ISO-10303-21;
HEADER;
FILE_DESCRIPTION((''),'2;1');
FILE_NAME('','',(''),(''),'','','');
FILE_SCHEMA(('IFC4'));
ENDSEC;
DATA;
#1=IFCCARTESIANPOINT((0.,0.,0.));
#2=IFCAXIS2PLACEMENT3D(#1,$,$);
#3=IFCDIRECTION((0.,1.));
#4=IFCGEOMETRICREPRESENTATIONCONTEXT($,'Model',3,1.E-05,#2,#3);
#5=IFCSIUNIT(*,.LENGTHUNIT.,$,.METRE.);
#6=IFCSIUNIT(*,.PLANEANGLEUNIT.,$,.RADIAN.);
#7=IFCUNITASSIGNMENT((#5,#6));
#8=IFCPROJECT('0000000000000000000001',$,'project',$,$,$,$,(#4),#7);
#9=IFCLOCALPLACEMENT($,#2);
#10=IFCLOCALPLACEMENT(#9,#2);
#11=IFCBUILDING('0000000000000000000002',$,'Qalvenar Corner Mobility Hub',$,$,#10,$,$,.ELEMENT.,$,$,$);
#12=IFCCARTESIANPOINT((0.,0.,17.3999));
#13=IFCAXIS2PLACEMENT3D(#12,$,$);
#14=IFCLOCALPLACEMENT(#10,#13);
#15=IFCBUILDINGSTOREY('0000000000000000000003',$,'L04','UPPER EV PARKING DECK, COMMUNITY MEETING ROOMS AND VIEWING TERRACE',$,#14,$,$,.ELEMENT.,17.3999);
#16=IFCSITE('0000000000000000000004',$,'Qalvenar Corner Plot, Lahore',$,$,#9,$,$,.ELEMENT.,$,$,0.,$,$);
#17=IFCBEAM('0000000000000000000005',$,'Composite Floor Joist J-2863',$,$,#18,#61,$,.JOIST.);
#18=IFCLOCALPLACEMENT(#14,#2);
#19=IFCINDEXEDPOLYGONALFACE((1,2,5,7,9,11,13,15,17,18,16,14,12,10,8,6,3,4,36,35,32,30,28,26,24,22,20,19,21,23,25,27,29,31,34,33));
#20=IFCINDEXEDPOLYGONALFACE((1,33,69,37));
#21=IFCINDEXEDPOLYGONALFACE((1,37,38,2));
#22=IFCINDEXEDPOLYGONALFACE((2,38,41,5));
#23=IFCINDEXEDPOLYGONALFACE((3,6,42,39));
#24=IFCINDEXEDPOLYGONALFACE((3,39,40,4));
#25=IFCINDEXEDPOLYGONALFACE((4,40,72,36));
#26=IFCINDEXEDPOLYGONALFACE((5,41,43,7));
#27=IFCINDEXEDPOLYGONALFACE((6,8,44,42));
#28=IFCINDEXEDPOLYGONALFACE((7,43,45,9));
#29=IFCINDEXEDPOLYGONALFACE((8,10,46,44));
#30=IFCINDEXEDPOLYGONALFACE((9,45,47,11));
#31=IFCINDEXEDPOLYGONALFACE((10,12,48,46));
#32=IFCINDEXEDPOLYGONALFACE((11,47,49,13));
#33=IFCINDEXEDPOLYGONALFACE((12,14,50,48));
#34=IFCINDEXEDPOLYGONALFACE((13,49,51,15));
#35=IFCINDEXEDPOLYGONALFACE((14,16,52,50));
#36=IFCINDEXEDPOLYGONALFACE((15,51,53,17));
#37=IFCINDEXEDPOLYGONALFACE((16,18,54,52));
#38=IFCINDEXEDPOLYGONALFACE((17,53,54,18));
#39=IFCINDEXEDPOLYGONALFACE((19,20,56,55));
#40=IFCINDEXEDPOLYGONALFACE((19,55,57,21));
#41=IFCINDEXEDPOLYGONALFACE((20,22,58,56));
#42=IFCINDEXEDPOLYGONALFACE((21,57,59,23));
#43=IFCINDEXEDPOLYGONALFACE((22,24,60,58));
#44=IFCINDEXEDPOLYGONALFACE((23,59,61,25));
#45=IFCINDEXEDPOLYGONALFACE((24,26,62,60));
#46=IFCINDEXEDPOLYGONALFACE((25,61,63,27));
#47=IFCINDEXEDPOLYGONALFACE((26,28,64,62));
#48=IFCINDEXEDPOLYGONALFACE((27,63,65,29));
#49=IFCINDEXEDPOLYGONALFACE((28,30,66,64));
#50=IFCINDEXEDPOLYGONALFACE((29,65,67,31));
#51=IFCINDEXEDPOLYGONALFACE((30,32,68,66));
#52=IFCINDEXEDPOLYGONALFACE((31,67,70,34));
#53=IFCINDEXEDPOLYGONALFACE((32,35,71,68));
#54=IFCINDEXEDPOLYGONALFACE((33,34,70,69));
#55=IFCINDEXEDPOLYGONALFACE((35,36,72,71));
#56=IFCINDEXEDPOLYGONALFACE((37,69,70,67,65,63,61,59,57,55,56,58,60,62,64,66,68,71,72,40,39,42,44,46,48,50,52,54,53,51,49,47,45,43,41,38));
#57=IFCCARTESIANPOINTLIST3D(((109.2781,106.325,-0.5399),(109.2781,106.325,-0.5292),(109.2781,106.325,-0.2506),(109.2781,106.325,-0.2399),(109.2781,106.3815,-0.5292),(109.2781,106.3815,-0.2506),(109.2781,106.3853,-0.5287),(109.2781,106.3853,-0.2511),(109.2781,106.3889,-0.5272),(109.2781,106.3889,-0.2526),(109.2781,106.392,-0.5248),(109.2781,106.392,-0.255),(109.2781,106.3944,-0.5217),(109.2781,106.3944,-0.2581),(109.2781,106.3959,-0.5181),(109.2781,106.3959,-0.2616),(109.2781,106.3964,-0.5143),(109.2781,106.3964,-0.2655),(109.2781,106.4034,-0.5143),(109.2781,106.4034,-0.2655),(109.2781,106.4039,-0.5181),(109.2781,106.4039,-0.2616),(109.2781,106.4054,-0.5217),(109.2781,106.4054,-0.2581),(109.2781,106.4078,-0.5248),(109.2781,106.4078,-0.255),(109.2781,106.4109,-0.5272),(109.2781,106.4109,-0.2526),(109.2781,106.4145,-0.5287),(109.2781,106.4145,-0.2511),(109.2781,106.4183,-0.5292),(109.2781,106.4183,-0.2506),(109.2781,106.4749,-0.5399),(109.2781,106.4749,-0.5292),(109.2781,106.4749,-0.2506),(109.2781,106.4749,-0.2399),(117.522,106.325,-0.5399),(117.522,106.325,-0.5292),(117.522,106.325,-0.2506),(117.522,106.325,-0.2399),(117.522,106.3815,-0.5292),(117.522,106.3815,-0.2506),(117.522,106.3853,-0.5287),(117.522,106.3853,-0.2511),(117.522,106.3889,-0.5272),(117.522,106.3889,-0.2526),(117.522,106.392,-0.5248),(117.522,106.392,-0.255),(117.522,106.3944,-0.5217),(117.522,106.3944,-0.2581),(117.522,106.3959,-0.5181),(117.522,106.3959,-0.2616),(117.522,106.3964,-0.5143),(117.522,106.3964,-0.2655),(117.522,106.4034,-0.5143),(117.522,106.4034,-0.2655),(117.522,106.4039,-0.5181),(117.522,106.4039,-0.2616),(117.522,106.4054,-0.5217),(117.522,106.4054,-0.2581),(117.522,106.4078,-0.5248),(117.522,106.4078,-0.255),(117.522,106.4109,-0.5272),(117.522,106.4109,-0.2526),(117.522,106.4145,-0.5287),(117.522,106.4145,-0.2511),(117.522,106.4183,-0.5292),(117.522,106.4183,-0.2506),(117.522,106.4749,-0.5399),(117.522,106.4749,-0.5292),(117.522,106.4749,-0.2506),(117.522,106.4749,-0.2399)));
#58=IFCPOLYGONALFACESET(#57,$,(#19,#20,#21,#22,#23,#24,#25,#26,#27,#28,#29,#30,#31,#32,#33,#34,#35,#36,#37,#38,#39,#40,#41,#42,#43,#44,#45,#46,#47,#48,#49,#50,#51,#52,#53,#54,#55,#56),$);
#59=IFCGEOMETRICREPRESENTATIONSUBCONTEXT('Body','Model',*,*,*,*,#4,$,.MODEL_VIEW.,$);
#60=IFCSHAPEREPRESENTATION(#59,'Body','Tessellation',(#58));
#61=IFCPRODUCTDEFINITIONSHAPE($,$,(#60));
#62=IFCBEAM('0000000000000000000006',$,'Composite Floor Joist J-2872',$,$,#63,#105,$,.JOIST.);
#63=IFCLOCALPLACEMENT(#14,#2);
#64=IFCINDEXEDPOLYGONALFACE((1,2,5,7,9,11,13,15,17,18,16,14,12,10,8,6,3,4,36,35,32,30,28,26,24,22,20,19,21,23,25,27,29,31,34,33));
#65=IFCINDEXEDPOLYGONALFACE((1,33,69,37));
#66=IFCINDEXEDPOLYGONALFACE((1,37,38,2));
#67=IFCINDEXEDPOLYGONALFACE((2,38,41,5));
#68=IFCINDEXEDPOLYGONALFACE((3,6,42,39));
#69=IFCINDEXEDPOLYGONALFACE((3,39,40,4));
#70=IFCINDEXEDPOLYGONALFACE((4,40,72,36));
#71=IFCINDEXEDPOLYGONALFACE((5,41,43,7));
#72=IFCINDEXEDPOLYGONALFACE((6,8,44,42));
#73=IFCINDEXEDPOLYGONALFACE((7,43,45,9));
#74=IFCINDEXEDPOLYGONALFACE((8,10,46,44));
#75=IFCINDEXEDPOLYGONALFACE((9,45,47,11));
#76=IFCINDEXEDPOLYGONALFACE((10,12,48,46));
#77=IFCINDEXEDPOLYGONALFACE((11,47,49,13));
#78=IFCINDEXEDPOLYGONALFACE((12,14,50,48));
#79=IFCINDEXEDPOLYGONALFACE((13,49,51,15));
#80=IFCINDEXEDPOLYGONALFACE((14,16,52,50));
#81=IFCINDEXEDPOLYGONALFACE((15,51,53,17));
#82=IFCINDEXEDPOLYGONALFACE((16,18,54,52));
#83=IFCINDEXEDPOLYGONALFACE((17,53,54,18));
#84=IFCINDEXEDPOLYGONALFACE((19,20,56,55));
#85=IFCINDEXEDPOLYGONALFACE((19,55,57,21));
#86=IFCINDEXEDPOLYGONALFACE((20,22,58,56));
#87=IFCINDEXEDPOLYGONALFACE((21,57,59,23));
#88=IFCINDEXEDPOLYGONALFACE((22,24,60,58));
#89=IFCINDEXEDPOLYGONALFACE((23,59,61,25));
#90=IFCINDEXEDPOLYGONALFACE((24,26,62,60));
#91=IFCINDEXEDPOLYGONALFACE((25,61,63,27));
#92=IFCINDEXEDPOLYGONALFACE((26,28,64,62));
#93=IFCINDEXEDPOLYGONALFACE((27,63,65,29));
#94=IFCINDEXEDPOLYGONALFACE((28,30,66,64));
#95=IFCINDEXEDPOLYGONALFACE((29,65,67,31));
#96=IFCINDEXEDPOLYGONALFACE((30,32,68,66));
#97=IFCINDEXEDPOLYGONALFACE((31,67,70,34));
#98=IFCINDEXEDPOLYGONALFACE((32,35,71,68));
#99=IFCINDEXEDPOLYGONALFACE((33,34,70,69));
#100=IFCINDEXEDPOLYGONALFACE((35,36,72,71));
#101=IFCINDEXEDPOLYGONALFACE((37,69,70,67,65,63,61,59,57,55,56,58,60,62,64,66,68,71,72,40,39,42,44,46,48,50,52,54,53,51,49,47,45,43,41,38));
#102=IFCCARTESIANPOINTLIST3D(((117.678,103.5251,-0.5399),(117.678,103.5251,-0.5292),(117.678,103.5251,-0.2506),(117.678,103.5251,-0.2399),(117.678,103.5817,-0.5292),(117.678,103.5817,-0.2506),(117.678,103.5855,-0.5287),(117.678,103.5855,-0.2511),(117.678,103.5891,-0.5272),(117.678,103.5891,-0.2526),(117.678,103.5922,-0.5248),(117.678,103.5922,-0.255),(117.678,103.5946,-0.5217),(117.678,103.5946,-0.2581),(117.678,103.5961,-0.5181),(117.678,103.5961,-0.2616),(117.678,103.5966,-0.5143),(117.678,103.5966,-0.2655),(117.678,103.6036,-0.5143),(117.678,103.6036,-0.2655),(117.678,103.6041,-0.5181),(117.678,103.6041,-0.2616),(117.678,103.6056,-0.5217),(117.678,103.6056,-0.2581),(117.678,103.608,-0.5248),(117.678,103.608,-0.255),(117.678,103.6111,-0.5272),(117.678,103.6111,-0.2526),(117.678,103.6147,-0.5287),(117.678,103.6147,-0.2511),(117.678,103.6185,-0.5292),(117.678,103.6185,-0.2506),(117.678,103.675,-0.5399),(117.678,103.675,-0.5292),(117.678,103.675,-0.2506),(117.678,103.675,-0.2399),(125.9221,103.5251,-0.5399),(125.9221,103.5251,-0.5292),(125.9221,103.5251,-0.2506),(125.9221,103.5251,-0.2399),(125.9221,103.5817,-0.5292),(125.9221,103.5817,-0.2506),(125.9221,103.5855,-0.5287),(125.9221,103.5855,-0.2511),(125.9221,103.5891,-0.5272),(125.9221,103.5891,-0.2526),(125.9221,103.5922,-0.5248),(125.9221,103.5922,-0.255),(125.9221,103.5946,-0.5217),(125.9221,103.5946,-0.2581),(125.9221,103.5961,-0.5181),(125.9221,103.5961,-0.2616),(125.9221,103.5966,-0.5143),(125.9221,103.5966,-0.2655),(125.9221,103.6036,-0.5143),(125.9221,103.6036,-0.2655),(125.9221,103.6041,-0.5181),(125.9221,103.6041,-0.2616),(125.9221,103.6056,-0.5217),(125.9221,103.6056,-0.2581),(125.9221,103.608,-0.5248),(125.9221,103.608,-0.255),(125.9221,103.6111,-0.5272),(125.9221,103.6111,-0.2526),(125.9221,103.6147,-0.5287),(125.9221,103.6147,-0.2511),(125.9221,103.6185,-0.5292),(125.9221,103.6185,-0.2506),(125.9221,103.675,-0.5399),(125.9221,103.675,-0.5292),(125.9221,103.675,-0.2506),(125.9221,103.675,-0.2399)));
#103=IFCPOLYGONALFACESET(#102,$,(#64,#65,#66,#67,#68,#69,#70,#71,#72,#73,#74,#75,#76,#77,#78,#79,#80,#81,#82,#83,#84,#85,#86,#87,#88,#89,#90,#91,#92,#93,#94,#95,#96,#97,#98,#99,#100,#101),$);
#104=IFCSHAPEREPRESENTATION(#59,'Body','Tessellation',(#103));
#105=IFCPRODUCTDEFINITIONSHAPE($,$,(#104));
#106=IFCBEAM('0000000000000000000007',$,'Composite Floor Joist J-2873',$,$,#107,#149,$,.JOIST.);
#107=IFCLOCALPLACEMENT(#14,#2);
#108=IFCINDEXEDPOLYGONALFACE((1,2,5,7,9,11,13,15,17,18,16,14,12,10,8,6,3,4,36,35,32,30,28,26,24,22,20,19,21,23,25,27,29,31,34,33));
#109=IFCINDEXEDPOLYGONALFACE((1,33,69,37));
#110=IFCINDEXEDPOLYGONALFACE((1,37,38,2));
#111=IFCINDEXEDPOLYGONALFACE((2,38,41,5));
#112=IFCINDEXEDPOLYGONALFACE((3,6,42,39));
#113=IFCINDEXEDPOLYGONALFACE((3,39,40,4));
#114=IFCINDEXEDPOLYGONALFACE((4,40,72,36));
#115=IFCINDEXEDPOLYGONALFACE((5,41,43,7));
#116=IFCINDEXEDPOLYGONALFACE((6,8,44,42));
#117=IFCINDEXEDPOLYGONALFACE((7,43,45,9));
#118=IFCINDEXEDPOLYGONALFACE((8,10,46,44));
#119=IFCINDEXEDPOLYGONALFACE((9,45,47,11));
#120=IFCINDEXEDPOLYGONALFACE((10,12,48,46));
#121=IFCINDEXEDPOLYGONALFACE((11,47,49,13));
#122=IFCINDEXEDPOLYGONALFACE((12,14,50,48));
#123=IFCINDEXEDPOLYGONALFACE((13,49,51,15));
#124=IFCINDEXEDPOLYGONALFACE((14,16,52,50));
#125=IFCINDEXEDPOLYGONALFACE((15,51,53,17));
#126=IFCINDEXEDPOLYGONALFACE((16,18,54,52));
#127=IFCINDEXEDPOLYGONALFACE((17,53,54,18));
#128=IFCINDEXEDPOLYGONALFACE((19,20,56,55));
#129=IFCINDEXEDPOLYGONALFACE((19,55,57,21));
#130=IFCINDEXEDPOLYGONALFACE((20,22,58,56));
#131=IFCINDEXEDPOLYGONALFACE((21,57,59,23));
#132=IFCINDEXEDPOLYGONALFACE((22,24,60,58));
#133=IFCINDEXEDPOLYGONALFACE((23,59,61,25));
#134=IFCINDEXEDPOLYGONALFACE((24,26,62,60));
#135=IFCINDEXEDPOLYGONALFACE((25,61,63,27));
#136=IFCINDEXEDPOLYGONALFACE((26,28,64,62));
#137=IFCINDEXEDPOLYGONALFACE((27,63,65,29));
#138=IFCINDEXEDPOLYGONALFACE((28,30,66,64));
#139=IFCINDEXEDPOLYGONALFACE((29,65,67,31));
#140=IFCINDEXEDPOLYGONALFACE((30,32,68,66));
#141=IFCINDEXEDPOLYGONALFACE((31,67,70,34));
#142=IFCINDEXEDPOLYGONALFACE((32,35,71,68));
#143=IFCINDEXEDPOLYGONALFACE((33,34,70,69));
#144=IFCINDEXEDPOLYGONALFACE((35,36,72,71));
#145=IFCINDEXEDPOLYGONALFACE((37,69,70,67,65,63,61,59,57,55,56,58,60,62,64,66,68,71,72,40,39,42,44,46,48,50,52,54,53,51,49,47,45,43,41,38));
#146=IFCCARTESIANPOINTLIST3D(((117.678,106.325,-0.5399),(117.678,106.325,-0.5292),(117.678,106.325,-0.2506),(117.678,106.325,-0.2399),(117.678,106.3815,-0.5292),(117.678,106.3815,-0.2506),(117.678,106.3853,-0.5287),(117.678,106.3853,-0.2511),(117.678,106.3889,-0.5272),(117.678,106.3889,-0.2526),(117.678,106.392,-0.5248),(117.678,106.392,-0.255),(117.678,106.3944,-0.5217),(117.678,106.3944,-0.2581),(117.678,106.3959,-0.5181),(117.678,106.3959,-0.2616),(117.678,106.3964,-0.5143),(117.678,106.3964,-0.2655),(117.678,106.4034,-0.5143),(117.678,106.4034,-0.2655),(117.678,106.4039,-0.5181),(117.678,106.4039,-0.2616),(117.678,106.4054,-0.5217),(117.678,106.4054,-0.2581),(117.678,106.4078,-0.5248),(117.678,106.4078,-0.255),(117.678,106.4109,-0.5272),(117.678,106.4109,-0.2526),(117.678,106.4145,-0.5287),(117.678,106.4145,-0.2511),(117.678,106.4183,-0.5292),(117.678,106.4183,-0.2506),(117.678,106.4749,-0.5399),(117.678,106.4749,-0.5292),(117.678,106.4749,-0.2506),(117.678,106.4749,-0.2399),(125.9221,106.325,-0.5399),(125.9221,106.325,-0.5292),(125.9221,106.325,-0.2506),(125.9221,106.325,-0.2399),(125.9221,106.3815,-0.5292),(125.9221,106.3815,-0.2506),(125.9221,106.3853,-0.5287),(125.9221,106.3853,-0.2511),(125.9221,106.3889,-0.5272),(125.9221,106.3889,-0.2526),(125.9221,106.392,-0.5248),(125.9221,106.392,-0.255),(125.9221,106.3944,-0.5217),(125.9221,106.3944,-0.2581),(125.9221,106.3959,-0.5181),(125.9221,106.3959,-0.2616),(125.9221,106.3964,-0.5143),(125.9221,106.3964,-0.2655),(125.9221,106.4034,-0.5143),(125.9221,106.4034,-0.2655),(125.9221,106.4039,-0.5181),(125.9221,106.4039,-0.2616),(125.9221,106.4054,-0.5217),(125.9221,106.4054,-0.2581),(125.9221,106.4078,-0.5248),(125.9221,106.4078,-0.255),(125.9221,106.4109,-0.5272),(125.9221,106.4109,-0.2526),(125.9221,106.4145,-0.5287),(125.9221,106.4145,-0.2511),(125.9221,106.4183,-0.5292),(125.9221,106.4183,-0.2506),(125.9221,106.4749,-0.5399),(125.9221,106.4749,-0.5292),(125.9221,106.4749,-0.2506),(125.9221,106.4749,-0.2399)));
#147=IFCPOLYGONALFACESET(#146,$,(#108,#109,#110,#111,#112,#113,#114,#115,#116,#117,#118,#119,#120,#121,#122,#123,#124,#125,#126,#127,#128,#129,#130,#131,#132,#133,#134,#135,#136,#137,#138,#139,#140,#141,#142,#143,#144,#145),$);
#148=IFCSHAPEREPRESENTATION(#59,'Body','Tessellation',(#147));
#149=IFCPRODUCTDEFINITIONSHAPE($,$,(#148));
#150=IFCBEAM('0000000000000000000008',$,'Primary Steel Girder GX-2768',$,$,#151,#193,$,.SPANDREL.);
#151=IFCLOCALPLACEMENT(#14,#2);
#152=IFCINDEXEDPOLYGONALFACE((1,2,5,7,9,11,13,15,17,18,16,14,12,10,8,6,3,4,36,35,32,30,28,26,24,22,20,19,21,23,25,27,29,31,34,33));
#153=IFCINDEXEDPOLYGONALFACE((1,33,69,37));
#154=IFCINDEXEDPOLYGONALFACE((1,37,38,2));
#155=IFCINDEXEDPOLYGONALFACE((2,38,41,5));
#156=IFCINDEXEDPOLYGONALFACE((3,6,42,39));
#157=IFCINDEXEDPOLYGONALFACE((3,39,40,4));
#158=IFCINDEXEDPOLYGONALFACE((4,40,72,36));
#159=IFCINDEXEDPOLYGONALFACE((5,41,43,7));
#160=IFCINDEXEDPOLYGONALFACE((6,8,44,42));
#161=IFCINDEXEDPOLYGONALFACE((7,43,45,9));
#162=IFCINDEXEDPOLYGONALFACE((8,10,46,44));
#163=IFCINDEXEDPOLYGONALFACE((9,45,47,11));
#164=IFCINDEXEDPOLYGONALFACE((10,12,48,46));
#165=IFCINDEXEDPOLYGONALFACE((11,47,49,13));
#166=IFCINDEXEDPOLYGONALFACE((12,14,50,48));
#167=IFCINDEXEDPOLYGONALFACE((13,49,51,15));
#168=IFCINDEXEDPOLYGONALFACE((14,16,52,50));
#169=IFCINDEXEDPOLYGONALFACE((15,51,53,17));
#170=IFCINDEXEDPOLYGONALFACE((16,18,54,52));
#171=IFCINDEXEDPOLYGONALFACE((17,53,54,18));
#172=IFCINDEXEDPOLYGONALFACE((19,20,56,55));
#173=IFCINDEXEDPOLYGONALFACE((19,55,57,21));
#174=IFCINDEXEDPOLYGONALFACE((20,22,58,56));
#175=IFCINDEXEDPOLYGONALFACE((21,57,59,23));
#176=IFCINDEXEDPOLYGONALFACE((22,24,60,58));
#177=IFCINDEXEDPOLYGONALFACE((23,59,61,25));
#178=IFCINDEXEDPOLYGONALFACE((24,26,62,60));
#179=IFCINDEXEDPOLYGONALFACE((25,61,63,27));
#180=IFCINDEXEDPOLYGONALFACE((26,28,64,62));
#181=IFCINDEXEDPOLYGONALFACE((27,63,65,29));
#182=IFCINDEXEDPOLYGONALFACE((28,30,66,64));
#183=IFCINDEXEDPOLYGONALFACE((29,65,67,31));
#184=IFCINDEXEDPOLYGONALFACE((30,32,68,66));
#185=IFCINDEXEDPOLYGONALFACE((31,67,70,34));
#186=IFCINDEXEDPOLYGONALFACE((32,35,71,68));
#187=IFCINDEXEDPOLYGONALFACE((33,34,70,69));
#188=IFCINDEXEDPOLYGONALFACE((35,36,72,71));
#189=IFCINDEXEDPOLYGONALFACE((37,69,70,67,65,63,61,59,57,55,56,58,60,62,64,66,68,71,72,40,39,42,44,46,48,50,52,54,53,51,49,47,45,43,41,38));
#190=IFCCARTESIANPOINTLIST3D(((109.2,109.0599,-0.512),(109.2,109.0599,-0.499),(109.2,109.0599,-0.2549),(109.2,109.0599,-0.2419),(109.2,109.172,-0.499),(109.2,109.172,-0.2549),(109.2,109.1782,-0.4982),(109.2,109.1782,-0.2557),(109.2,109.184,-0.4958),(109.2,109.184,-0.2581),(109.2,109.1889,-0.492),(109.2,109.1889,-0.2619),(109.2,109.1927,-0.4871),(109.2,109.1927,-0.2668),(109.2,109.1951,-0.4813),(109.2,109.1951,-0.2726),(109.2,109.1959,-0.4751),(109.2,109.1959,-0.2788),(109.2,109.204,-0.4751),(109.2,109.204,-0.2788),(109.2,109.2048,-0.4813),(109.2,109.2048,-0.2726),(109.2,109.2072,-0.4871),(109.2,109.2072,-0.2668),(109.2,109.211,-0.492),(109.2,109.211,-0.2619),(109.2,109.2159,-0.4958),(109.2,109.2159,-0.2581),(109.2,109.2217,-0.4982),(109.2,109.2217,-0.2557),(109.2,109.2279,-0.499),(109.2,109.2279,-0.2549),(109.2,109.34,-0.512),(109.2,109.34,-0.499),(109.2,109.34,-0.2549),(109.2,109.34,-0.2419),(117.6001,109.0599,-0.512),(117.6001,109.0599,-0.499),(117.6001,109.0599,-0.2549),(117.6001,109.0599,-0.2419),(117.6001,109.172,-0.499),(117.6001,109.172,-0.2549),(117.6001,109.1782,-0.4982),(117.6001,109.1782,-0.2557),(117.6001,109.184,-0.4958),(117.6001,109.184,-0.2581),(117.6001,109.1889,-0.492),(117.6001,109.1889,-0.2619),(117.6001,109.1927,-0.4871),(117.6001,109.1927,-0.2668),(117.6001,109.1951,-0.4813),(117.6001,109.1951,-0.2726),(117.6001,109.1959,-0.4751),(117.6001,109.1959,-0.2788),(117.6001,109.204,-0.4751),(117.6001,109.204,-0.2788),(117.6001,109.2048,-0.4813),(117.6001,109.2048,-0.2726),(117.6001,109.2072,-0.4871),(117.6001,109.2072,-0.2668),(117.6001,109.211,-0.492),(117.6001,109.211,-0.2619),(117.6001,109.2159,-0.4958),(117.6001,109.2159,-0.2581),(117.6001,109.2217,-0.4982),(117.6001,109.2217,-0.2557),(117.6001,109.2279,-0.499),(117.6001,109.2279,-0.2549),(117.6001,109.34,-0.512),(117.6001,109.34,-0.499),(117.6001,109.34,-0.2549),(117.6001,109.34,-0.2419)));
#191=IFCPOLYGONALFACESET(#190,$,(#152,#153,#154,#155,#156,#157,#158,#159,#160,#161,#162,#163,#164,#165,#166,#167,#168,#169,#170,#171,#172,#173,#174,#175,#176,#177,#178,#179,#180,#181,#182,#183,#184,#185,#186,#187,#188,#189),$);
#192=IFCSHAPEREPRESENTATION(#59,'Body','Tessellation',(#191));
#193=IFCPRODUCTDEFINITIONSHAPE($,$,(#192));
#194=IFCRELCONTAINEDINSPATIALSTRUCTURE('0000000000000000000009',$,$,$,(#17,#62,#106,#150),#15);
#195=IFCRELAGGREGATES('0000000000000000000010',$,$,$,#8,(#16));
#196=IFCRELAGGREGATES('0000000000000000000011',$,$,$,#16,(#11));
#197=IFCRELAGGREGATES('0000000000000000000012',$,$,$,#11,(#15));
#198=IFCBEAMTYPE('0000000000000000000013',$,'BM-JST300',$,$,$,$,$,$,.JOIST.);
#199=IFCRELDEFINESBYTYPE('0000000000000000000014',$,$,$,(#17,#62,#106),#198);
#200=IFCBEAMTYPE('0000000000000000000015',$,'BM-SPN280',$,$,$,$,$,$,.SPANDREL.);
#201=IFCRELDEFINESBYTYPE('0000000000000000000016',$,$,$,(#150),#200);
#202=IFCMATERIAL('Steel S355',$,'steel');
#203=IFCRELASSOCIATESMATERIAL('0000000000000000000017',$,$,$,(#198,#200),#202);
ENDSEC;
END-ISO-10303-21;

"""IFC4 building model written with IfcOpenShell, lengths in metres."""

from ifc_helpers import new_model, si_unit, direction, frame, origin, origin_2d, place, context, subcontext, project, spatial, i_section, extrude, material, material_profile, profile_set, type_object, element, save


model = new_model("IFC4")

# Units and contexts
model_context = context("Model", 3, precision=1e-05, world=origin(), true_north=direction((0.0, 1.0)))
body_context = subcontext(model_context, "Body", "Model", "MODEL_VIEW")
ifc_project = project(units=[si_unit("LENGTHUNIT", "METRE"), si_unit("PLANEANGLEUNIT", "RADIAN")], contexts=[model_context])

# Site, building, storey
site_placement = place(None, origin())
site = spatial("IfcSite", under=ifc_project, at=site_placement, Name="Qalvenar Corner Plot, Lahore", CompositionType="ELEMENT", RefElevation=0.0)
building_placement = place(site_placement, origin())
building = spatial("IfcBuilding", under=site, at=building_placement, Name="Qalvenar Corner Mobility Hub", CompositionType="ELEMENT")
storey_placement = place(building_placement, frame((0.0, 0.0, 17.3999)))
storey = spatial("IfcBuildingStorey", under=building, at=storey_placement, Name="L04", Description="UPPER EV PARKING DECK, COMMUNITY MEETING ROOMS AND VIEWING TERRACE", CompositionType="ELEMENT", Elevation=17.3999)

# Shared definitions
ifc_material = material(Name="Steel S355", Category="steel")

# Beams
ifc_material_profile_1 = material_profile(ifc_material, i_section(OverallWidth=0.1499, OverallDepth=0.3, WebThickness=0.0071, FlangeThickness=0.0107, FilletRadius=0.0149, at=origin_2d()), Name="IPE300")
ifc_profile_set_1 = profile_set([ifc_material_profile_1], Name="Steel S355")
beam_type_1 = type_object("IfcBeamType", Name="BM-JST300", PredefinedType="JOIST", material=ifc_profile_set_1)
beam_1_placement = place(storey_placement, frame((109.2781, 106.3999, -0.3899), z_axis=(1.0, 0.0, 0.0), x_axis=(0.0, 1.0, 0.0)))
element("IfcBeam", 1, at=beam_1_placement, inside=storey, type_object=beam_type_1, Name="Composite Floor Joist J-2863", PredefinedType="JOIST", context=body_context, shape_type="SweptSolid", body=[
    extrude(i_section(OverallWidth=0.1499, OverallDepth=0.3, WebThickness=0.0071, FlangeThickness=0.0107, FilletRadius=0.0149, at=origin_2d()), origin(), (0.0, 0.0, 1.0), 8.2439),
])
for number, where, z_axis, x_axis, name in (
    (2, (117.678, 103.6001, -0.3899), (1.0, 0.0, 0.0), (0.0, 1.0, 0.0), "Composite Floor Joist J-2872"),
    (3, (117.678, 106.3999, -0.3899), (1.0, 0.0, 0.0), (0.0, 1.0, 0.0), "Composite Floor Joist J-2873"),
):
    element("IfcBeam", number, at=place(storey_placement, frame(where, z_axis=z_axis, x_axis=x_axis)), inside=storey, type_object=beam_type_1, Name=name, PredefinedType="JOIST", context=body_context, shape_type="SweptSolid", body=[
        extrude(i_section(OverallWidth=0.1499, OverallDepth=0.3, WebThickness=0.0071, FlangeThickness=0.0107, FilletRadius=0.0149, at=origin_2d()), origin(), (0.0, 0.0, 1.0), 8.2441),
    ])
ifc_material_profile_2 = material_profile(ifc_material, i_section(OverallWidth=0.28, OverallDepth=0.27, WebThickness=0.0081, FlangeThickness=0.0129, FilletRadius=0.0239, at=origin_2d()), Name="HEA280")
ifc_profile_set_2 = profile_set([ifc_material_profile_2], Name="Steel S355")
beam_type_2 = type_object("IfcBeamType", Name="BM-SPN280", PredefinedType="SPANDREL", material=ifc_profile_set_2)
beam_2_placement = place(storey_placement, frame((109.2, 109.2, -0.377), z_axis=(1.0, 0.0, 0.0), x_axis=(0.0, 1.0, 0.0)))
element("IfcBeam", 4, at=beam_2_placement, inside=storey, type_object=beam_type_2, Name="Primary Steel Girder GX-2768", PredefinedType="SPANDREL", context=body_context, shape_type="SweptSolid", body=[
    extrude(i_section(OverallWidth=0.28, OverallDepth=0.27, WebThickness=0.0081, FlangeThickness=0.0129, FilletRadius=0.0239, at=origin_2d()), origin(), (0.0, 0.0, 1.0), 8.4001),
])

save(model, "model.ifc")
